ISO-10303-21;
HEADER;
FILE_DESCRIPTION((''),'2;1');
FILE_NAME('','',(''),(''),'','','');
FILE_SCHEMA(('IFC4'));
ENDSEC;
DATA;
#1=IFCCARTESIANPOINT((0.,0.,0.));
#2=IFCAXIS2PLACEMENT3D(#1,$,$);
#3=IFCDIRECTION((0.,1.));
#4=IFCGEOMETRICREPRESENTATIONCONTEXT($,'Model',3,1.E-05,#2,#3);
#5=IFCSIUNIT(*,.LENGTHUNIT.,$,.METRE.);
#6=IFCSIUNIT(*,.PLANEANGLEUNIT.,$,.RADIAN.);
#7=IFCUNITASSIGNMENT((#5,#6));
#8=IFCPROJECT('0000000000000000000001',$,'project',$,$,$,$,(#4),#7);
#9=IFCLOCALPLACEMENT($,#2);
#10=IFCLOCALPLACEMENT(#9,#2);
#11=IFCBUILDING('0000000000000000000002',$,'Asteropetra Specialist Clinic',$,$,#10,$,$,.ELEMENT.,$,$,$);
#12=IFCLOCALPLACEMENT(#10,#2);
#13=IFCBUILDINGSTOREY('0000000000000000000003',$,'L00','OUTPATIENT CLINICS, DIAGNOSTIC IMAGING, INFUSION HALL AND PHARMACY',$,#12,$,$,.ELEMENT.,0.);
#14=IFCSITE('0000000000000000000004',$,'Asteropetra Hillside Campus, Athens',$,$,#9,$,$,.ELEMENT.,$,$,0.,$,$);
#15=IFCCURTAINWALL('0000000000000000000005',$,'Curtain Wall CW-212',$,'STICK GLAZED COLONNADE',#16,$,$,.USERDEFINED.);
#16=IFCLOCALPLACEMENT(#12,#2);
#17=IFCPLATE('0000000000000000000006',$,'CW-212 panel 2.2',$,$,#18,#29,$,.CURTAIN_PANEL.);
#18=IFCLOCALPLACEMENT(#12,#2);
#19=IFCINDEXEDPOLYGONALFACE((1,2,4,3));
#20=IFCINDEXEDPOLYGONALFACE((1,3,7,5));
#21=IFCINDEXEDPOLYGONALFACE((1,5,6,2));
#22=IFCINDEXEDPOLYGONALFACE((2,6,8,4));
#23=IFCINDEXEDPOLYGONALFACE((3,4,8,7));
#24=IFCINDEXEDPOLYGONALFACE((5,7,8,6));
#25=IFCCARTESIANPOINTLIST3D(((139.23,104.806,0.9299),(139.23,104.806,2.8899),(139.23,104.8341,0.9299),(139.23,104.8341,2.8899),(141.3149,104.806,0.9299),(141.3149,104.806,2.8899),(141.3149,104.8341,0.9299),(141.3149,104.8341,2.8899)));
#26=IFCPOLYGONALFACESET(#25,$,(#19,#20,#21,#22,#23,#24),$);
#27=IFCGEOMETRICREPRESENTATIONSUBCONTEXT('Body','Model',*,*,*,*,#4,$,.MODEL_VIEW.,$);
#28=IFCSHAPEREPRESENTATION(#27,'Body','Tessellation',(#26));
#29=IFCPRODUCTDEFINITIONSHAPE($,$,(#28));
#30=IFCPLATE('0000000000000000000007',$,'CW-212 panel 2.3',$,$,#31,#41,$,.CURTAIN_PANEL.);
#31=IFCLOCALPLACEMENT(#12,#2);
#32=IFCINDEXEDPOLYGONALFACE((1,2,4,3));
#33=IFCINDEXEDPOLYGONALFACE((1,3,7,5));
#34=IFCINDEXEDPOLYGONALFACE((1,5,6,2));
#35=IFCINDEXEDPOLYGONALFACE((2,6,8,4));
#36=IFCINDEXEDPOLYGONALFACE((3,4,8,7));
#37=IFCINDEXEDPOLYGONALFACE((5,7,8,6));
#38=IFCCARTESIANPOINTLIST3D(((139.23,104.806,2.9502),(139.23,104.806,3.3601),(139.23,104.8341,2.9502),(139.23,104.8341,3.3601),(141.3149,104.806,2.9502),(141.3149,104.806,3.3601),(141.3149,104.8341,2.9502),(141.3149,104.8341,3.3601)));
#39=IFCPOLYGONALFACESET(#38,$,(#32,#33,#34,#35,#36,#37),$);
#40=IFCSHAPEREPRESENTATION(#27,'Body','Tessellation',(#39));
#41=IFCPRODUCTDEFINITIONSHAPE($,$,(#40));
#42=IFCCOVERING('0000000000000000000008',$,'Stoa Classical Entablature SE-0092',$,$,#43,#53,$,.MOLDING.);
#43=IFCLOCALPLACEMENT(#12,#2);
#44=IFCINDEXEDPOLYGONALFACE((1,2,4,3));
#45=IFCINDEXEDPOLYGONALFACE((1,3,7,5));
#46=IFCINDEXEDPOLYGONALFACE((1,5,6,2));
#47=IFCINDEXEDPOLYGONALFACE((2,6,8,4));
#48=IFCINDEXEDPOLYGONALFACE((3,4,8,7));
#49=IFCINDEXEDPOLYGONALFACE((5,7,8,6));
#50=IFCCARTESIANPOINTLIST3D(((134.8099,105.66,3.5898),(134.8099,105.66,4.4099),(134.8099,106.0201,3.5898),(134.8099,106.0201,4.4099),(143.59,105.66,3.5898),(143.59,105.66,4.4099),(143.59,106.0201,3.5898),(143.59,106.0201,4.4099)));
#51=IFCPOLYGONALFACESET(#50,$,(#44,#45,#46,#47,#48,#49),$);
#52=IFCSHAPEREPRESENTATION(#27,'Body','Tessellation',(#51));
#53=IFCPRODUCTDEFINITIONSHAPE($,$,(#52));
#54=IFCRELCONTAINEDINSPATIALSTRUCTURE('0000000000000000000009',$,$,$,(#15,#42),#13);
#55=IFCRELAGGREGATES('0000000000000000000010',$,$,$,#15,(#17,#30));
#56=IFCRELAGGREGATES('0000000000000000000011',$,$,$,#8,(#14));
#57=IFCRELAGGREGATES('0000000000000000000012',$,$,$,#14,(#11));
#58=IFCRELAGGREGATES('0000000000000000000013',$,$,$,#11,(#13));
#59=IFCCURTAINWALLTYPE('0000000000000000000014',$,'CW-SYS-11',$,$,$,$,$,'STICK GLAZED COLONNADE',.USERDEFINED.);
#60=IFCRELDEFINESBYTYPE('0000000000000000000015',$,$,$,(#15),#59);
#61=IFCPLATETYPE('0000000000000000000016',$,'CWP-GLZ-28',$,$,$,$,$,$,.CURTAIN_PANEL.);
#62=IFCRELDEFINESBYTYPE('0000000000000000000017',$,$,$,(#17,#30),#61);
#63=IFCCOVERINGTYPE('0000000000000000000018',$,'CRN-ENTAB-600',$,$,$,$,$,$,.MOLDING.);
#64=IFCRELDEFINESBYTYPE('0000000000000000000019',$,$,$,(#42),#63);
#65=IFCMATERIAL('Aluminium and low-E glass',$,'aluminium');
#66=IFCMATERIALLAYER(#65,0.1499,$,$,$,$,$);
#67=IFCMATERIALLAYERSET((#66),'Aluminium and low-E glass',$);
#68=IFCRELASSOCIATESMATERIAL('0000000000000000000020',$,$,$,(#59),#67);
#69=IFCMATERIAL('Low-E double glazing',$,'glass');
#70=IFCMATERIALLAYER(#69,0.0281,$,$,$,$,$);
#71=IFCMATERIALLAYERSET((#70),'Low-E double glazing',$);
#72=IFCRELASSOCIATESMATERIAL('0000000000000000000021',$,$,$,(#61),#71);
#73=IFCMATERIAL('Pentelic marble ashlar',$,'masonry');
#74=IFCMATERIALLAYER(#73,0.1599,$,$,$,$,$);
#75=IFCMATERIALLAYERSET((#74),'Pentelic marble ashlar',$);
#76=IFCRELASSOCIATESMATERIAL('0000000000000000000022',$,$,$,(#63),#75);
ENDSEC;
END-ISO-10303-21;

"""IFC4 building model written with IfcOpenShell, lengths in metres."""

from ifc_helpers import new_model, si_unit, direction, frame, origin, origin_2d, place, context, subcontext, project, spatial, rectangle, extrude, material, layer, layer_set, type_object, element, aggregate, save


model = new_model("IFC4")

# Units and contexts
model_context = context("Model", 3, precision=1e-05, world=origin(), true_north=direction((0.0, 1.0)))
body_context = subcontext(model_context, "Body", "Model", "MODEL_VIEW")
ifc_project = project(units=[si_unit("LENGTHUNIT", "METRE"), si_unit("PLANEANGLEUNIT", "RADIAN")], contexts=[model_context])

# Site, building, storey
site_placement = place(None, origin())
site = spatial("IfcSite", under=ifc_project, at=site_placement, Name="Asteropetra Hillside Campus, Athens", CompositionType="ELEMENT", RefElevation=0.0)
building_placement = place(site_placement, origin())
building = spatial("IfcBuilding", under=site, at=building_placement, Name="Asteropetra Specialist Clinic", CompositionType="ELEMENT")
storey_placement = place(building_placement, origin())
storey = spatial("IfcBuildingStorey", under=building, at=storey_placement, Name="L00", Description="OUTPATIENT CLINICS, DIAGNOSTIC IMAGING, INFUSION HALL AND PHARMACY", CompositionType="ELEMENT", Elevation=0.0)

# Curtain wall, plates
ifc_material_1 = material(Name="Aluminium and low-E glass", Category="aluminium")
ifc_layer_1 = layer(ifc_material_1, 0.1499)
ifc_layer_set_1 = layer_set([ifc_layer_1], Name="Aluminium and low-E glass")
curtain_wall_type = type_object("IfcCurtainWallType", Name="CW-SYS-11", ElementType="STICK GLAZED COLONNADE", PredefinedType="USERDEFINED", material=ifc_layer_set_1)
curtain_wall_placement = place(storey_placement, origin())
curtain_wall = element("IfcCurtainWall", 1, at=curtain_wall_placement, inside=storey, type_object=curtain_wall_type, Name="Curtain Wall CW-212", ObjectType="STICK GLAZED COLONNADE", PredefinedType="USERDEFINED")
ifc_material_2 = material(Name="Low-E double glazing", Category="glass")
ifc_layer_2 = layer(ifc_material_2, 0.0281)
ifc_layer_set_2 = layer_set([ifc_layer_2], Name="Low-E double glazing")
plate_type = type_object("IfcPlateType", Name="CWP-GLZ-28", PredefinedType="CURTAIN_PANEL", material=ifc_layer_set_2)
plate_1_placement = place(storey_placement, frame((140.2725, 104.8201, 0.9299), z_axis=(0.0, 0.0, 1.0), x_axis=(-1.0, 0.0, 0.0)))
plate_1 = element("IfcPlate", 2, at=plate_1_placement, type_object=plate_type, Name="CW-212 panel 2.2", PredefinedType="CURTAIN_PANEL", context=body_context, shape_type="SweptSolid", body=[
    extrude(rectangle(XDim=2.085, YDim=0.0281, at=origin_2d()), origin(), (0.0, 0.0, 1.0), 1.96),
])
plate_2_placement = place(storey_placement, frame((140.2725, 104.8201, 2.9502), z_axis=(0.0, 0.0, 1.0), x_axis=(-1.0, 0.0, 0.0)))
plate_2 = element("IfcPlate", 3, at=plate_2_placement, type_object=plate_type, Name="CW-212 panel 2.3", PredefinedType="CURTAIN_PANEL", context=body_context, shape_type="SweptSolid", body=[
    extrude(rectangle(XDim=2.085, YDim=0.0281, at=origin_2d()), origin(), (0.0, 0.0, 1.0), 0.4099),
])
aggregate(curtain_wall, [plate_1, plate_2])

# Covering
ifc_material_3 = material(Name="Pentelic marble ashlar", Category="masonry")
ifc_layer_3 = layer(ifc_material_3, 0.1599)
ifc_layer_set_3 = layer_set([ifc_layer_3], Name="Pentelic marble ashlar")
covering_type = type_object("IfcCoveringType", Name="CRN-ENTAB-600", PredefinedType="MOLDING", material=ifc_layer_set_3)
covering_placement = place(storey_placement, frame((139.2, 105.8401, 3.5898), z_axis=(0.0, 0.0, 1.0), x_axis=(1.0, 0.0, 0.0)))
element("IfcCovering", 4, at=covering_placement, inside=storey, type_object=covering_type, Name="Stoa Classical Entablature SE-0092", PredefinedType="MOLDING", context=body_context, shape_type="SweptSolid", body=[
    extrude(rectangle(XDim=8.78, YDim=0.3601, at=origin_2d()), origin(), (0.0, 0.0, 1.0), 0.8201),
])

save(model, "model.ifc")
